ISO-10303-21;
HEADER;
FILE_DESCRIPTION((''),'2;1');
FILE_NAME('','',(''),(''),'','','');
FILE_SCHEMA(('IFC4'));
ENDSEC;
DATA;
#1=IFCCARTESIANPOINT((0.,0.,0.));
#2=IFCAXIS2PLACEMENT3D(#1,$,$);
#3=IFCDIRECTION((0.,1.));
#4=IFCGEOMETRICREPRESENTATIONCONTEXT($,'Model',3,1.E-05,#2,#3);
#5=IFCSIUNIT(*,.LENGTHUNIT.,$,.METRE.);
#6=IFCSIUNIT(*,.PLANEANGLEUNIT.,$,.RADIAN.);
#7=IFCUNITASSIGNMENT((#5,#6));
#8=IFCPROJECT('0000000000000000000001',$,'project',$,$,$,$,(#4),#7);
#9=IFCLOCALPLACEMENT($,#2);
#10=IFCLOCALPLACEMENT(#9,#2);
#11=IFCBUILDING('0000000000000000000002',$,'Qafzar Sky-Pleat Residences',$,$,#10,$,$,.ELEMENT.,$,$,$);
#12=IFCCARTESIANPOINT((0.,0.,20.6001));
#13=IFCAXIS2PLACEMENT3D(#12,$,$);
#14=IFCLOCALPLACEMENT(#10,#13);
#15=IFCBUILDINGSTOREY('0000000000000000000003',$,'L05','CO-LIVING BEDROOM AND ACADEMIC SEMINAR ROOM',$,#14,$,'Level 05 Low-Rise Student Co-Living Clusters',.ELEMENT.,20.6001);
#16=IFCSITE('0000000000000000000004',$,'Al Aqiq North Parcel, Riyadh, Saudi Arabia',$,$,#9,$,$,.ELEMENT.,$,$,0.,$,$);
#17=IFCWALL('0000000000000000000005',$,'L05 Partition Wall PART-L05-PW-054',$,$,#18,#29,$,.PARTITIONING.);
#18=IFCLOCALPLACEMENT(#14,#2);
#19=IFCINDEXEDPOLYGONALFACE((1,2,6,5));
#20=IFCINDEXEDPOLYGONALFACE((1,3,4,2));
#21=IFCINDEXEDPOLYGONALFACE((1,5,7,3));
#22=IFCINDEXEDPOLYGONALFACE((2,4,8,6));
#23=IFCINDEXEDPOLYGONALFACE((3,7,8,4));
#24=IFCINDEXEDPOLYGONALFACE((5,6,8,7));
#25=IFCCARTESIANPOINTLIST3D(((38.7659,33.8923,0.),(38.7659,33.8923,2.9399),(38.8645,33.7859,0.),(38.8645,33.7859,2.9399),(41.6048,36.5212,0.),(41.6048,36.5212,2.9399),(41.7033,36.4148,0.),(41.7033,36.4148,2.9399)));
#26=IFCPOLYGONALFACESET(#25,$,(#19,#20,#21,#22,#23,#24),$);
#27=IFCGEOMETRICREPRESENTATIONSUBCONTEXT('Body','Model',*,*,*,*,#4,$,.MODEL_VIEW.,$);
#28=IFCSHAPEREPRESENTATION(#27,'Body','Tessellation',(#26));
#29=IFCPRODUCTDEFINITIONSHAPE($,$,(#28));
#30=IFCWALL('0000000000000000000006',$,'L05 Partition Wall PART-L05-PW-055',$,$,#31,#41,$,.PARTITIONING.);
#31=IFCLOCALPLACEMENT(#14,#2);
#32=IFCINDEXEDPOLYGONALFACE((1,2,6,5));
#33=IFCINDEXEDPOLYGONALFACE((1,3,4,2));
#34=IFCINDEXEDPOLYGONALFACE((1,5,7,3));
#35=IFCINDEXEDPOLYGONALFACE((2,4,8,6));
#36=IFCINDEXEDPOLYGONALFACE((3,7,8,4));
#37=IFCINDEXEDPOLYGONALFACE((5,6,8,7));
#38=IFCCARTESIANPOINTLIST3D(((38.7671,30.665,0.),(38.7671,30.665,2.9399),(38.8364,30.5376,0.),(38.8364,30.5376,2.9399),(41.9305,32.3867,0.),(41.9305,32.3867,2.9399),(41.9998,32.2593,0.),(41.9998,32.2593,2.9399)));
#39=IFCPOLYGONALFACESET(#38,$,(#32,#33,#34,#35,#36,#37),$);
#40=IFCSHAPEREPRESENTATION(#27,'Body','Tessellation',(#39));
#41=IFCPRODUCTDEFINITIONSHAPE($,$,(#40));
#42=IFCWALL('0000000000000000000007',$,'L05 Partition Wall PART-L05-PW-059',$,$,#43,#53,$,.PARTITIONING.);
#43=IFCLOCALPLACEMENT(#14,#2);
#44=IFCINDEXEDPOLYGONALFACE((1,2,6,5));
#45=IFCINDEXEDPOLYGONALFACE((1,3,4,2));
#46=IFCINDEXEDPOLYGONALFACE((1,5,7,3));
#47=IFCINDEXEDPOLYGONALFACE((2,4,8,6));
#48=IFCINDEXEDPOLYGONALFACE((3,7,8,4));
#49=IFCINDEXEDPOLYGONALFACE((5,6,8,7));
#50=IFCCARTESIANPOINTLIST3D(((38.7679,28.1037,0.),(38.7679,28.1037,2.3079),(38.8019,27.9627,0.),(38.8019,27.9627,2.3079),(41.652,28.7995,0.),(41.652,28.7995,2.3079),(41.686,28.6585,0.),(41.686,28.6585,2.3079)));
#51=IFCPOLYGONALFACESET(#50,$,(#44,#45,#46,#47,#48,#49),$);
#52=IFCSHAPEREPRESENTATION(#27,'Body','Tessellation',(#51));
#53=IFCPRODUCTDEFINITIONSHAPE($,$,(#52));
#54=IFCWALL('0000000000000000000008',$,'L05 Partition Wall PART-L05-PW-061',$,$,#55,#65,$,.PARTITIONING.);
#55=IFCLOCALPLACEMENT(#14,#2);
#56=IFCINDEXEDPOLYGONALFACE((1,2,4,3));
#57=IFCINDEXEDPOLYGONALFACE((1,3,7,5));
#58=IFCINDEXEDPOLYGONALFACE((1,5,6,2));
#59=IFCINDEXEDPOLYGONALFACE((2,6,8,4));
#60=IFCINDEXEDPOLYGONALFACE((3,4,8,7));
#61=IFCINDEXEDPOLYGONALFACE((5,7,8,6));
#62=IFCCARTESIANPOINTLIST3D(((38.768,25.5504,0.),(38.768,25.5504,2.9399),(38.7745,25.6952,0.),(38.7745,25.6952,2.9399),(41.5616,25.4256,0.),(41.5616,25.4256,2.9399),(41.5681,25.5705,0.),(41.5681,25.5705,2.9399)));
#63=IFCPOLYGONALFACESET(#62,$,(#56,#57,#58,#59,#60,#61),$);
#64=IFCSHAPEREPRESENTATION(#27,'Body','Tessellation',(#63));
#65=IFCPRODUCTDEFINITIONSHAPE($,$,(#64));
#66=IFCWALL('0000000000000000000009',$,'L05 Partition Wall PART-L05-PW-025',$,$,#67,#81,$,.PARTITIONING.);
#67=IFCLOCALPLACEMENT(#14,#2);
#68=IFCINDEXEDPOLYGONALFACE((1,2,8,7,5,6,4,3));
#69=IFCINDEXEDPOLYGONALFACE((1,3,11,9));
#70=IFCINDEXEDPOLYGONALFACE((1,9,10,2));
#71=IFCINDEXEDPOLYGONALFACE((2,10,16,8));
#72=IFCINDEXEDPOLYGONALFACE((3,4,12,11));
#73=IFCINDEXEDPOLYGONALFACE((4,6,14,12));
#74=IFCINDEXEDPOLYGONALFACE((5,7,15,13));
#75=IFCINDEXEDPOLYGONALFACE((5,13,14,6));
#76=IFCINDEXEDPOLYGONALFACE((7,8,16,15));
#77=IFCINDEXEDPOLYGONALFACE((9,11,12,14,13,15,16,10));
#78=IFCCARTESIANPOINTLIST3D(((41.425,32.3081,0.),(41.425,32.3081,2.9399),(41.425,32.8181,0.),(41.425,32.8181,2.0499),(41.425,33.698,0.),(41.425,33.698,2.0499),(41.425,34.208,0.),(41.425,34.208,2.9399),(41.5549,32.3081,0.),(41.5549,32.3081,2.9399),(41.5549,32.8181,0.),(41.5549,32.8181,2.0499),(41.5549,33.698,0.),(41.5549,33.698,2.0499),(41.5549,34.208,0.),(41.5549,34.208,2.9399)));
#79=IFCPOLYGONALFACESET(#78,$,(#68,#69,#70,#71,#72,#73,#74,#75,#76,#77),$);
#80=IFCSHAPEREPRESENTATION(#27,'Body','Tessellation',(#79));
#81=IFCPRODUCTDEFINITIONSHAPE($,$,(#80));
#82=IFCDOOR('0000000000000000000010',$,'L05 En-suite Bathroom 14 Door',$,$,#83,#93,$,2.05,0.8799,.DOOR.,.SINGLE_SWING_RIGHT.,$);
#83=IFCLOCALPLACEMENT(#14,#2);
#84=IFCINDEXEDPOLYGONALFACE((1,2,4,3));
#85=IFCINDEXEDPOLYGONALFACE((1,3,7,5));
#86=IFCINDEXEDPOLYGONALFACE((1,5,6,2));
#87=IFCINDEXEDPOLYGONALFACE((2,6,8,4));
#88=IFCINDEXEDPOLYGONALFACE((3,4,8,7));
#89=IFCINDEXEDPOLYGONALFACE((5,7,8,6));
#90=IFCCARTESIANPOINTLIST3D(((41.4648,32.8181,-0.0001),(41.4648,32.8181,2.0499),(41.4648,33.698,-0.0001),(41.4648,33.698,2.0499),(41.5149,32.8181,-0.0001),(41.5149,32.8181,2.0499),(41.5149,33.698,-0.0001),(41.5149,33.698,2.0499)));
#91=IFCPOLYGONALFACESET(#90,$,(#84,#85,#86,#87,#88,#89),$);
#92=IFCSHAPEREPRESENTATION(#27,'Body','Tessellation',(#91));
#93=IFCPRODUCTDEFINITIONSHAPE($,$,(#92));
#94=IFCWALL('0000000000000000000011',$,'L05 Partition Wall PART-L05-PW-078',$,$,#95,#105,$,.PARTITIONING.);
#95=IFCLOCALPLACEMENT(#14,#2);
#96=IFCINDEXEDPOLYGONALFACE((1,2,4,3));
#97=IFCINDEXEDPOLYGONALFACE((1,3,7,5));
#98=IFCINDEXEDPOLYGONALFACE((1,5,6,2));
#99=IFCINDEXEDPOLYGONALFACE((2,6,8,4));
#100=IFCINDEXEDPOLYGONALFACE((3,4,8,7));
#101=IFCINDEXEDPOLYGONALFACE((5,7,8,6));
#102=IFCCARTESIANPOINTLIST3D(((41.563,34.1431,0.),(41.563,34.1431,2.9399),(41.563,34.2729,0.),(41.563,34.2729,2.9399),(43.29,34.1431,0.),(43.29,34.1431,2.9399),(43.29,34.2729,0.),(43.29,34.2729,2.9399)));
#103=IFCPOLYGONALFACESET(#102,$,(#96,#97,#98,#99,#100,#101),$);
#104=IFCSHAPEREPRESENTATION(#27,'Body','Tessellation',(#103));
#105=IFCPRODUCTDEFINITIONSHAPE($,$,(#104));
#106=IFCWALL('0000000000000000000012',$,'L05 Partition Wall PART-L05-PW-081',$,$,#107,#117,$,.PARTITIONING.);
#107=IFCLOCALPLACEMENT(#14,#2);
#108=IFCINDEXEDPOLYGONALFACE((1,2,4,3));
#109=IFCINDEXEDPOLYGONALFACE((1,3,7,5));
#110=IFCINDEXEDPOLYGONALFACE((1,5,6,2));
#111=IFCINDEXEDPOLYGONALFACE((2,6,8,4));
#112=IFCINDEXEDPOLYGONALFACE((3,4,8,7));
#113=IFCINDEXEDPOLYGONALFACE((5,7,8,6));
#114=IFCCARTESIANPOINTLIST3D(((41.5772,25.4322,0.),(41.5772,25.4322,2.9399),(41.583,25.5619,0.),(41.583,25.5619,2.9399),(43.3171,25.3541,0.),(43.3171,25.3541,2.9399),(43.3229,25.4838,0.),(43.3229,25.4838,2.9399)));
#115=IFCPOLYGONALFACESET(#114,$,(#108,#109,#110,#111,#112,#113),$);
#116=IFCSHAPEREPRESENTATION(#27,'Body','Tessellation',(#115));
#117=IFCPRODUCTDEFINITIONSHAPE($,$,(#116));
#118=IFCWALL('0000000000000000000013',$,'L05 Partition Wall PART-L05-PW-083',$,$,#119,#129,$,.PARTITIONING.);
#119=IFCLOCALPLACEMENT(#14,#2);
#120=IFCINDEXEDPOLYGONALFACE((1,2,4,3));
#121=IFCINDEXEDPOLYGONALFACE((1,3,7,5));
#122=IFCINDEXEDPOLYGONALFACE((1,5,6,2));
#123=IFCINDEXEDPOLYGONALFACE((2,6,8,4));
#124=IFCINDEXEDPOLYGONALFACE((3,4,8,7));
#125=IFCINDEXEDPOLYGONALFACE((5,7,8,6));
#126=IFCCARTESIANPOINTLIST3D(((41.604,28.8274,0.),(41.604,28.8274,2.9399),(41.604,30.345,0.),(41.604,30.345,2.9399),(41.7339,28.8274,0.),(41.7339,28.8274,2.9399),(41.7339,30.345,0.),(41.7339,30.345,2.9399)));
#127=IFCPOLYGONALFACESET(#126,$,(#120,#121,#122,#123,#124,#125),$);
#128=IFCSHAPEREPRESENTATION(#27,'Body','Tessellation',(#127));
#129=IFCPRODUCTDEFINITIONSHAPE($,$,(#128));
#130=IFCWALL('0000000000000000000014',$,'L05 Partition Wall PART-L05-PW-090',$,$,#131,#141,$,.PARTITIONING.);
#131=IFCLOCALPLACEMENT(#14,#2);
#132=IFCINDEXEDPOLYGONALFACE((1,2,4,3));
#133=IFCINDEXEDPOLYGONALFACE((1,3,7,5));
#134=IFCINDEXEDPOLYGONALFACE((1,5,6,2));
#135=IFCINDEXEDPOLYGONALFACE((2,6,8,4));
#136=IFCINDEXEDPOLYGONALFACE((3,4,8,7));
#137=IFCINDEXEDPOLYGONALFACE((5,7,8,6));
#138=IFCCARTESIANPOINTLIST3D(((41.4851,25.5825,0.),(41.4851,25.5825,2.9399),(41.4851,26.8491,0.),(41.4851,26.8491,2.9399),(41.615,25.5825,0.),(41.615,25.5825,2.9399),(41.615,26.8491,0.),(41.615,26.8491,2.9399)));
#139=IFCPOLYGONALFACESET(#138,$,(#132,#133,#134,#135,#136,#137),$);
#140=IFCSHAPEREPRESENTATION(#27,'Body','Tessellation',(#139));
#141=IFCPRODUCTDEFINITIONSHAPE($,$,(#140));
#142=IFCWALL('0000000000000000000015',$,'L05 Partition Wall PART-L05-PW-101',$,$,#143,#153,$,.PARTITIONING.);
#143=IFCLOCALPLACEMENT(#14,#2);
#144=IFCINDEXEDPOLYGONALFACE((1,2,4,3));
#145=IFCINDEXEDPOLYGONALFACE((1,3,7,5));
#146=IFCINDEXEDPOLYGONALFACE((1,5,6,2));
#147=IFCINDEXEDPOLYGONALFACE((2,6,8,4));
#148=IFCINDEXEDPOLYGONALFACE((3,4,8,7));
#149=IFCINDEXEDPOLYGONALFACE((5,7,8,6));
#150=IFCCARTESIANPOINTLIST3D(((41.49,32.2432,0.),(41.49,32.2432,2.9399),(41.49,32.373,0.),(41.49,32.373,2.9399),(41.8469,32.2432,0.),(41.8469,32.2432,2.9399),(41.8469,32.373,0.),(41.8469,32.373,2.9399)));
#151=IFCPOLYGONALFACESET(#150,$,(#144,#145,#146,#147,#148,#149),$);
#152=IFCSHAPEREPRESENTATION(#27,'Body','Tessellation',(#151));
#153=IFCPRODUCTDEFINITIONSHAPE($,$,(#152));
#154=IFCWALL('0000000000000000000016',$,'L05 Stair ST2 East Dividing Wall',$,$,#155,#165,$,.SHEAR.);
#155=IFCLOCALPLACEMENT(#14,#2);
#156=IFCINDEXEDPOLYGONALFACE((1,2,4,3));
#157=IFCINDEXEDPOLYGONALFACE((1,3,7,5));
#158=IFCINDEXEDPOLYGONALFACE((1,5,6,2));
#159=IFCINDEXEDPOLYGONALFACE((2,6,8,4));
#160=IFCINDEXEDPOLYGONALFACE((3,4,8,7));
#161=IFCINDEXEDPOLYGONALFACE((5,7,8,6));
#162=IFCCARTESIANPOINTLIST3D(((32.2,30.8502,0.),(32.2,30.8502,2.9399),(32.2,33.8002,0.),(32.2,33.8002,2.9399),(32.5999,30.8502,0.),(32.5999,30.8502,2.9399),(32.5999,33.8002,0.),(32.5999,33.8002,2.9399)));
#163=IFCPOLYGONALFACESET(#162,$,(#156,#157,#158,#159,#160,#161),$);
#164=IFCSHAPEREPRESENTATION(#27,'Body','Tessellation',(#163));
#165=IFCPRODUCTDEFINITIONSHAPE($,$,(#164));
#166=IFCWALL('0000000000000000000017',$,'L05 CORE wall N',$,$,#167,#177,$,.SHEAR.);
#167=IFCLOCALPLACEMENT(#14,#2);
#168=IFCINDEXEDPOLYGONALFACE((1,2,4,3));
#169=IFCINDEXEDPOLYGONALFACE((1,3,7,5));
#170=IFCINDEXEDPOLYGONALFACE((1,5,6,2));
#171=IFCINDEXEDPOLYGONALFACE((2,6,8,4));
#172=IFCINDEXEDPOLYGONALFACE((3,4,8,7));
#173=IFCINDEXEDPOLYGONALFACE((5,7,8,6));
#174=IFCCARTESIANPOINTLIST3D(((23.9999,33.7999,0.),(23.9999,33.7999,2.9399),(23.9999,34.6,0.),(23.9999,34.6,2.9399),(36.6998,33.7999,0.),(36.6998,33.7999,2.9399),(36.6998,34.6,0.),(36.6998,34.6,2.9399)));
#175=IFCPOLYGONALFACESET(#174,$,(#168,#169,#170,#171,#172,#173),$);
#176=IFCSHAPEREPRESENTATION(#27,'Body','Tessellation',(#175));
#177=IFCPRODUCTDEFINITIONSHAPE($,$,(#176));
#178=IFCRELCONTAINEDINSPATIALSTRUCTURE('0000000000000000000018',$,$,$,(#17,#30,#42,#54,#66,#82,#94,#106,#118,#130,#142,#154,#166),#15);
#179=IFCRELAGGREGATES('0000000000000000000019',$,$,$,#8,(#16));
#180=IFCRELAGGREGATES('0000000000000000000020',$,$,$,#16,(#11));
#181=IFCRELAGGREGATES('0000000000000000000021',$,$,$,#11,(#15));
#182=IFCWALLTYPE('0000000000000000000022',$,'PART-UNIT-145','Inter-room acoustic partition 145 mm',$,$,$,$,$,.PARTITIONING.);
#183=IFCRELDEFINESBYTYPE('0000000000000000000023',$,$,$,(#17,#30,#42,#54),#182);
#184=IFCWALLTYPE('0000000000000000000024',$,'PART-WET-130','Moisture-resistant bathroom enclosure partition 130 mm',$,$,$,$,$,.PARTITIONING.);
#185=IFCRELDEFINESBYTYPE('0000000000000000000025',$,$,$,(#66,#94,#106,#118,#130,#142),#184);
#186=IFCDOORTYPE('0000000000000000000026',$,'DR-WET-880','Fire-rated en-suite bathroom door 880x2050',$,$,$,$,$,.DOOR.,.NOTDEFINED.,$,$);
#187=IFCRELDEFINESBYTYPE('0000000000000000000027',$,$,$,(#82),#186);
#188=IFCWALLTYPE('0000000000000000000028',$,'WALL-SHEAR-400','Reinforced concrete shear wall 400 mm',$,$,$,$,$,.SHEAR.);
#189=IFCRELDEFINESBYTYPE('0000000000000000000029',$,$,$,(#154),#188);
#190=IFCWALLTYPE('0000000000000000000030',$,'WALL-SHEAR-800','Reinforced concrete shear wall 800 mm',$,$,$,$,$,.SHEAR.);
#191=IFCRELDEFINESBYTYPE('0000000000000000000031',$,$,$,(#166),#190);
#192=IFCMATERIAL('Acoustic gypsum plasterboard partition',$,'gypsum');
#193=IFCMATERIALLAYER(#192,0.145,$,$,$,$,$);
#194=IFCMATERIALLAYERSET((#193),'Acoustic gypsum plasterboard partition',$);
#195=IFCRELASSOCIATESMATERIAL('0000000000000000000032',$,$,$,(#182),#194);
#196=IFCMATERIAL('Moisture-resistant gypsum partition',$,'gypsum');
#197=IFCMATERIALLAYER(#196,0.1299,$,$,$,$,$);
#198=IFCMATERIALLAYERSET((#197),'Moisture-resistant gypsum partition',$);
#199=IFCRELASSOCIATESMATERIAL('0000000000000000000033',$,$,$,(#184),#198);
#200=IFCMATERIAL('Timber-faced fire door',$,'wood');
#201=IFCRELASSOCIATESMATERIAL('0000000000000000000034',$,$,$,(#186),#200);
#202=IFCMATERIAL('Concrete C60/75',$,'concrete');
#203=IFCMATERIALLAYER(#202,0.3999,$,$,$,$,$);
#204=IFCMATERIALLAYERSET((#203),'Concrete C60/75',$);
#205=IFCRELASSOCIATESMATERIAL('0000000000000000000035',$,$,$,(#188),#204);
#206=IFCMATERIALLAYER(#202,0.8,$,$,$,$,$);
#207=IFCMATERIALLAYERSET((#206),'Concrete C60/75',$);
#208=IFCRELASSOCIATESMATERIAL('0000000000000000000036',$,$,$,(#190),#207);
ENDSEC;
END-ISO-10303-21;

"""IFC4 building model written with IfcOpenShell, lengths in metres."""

from ifc_helpers import new_model, si_unit, direction, frame, frame_2d, origin, place, context, subcontext, project, spatial, rectangle, extrude, source, transform, mapped, material, layer, layer_set, type_object, element, fill, save


model = new_model("IFC4")

# Units and contexts
model_context = context("Model", 3, precision=1e-05, world=origin(), true_north=direction((0.0, 1.0)))
body_context = subcontext(model_context, "Body", "Model", "MODEL_VIEW")
ifc_project = project(units=[si_unit("LENGTHUNIT", "METRE"), si_unit("PLANEANGLEUNIT", "RADIAN")], contexts=[model_context])

# Site, building, storey
site_placement = place(None, origin())
site = spatial("IfcSite", under=ifc_project, at=site_placement, Name="Al Aqiq North Parcel, Riyadh, Saudi Arabia", CompositionType="ELEMENT", RefElevation=0.0)
building_placement = place(site_placement, origin())
building = spatial("IfcBuilding", under=site, at=building_placement, Name="Qafzar Sky-Pleat Residences", CompositionType="ELEMENT")
storey_placement = place(building_placement, frame((0.0, 0.0, 20.6001)))
storey = spatial("IfcBuildingStorey", under=building, at=storey_placement, Name="L05", Description="CO-LIVING BEDROOM AND ACADEMIC SEMINAR ROOM", LongName="Level 05 Low-Rise Student Co-Living Clusters", CompositionType="ELEMENT", Elevation=20.6001)

# Shared definitions
ifc_material_1 = material(Name="Acoustic gypsum plasterboard partition", Category="gypsum")
ifc_material_2 = material(Name="Timber-faced fire door", Category="wood")

# Walls
ifc_layer_1 = layer(ifc_material_1, 0.145)
ifc_layer_set_1 = layer_set([ifc_layer_1], Name="Acoustic gypsum plasterboard partition")
wall_type_1 = type_object("IfcWallType", Name="PART-UNIT-145", Description="Inter-room acoustic partition 145 mm", PredefinedType="PARTITIONING", material=ifc_layer_set_1)
wall_1_placement = place(storey_placement, frame((38.8152, 33.8391, 0.0), z_axis=(0.0, 0.0, 1.0), x_axis=(0.733719, 0.679453, 0.0)))
element("IfcWall", 1, at=wall_1_placement, inside=storey, type_object=wall_type_1, Name="L05 Partition Wall PART-L05-PW-054", PredefinedType="PARTITIONING", context=body_context, shape_type="SweptSolid", body=[
    extrude(rectangle(XDim=3.8691, YDim=0.145, at=frame_2d((1.9346, 0.0))), origin(), (0.0, 0.0, 1.0), 2.9399),
])
wall_2_placement = place(storey_placement, frame((38.8018, 30.6013, 0.0), z_axis=(0.0, 0.0, 1.0), x_axis=(0.878336, 0.478045, 0.0)))
element("IfcWall", 2, at=wall_2_placement, inside=storey, type_object=wall_type_1, Name="L05 Partition Wall PART-L05-PW-055", PredefinedType="PARTITIONING", context=body_context, shape_type="SweptSolid", body=[
    extrude(rectangle(XDim=3.6016, YDim=0.145, at=frame_2d((1.8008, 0.0))), origin(), (0.0, 0.0, 1.0), 2.9399),
])
wall_3_placement = place(storey_placement, frame((38.7849, 28.0332, 0.0), z_axis=(0.0, 0.0, 1.0), x_axis=(0.972109, 0.234531, 0.0)))
element("IfcWall", 3, at=wall_3_placement, inside=storey, type_object=wall_type_1, Name="L05 Partition Wall PART-L05-PW-059", PredefinedType="PARTITIONING", context=body_context, shape_type="SweptSolid", body=[
    extrude(rectangle(XDim=2.9668, YDim=0.145, at=frame_2d((1.4834, 0.0))), origin(), (0.0, 0.0, 1.0), 2.3079),
])
wall_4_placement = place(storey_placement, frame((38.7712, 25.6228, 0.0), z_axis=(0.0, 0.0, 1.0), x_axis=(0.999004, -0.044612, 0.0)))
element("IfcWall", 4, at=wall_4_placement, inside=storey, type_object=wall_type_1, Name="L05 Partition Wall PART-L05-PW-061", PredefinedType="PARTITIONING", context=body_context, shape_type="SweptSolid", body=[
    extrude(rectangle(XDim=2.7964, YDim=0.145, at=frame_2d((1.3982, 0.0))), origin(), (0.0, 0.0, 1.0), 2.9399),
])

# Wall, opening, door
ifc_material_3 = material(Name="Moisture-resistant gypsum partition", Category="gypsum")
ifc_layer_2 = layer(ifc_material_3, 0.1299)
ifc_layer_set_2 = layer_set([ifc_layer_2], Name="Moisture-resistant gypsum partition")
wall_type_2 = type_object("IfcWallType", Name="PART-WET-130", Description="Moisture-resistant bathroom enclosure partition 130 mm", PredefinedType="PARTITIONING", material=ifc_layer_set_2)
wall_5_placement = place(storey_placement, frame((41.49, 34.208, 0.0), z_axis=(0.0, 0.0, 1.0), x_axis=(0.0, -1.0, 0.0)))
wall_5 = element("IfcWall", 5, at=wall_5_placement, inside=storey, type_object=wall_type_2, Name="L05 Partition Wall PART-L05-PW-025", PredefinedType="PARTITIONING", context=body_context, shape_type="SweptSolid", body=[
    extrude(rectangle(XDim=1.8999, YDim=0.1299, at=frame_2d((0.95, 0.0))), origin(), (0.0, 0.0, 1.0), 2.9399),
])
opening_1_placement = place(wall_5_placement, frame((0.51, 0.0, 0.0)))
opening_1 = element("IfcOpeningElement", 6, at=opening_1_placement, cuts=wall_5, PredefinedType="OPENING", context=body_context, shape_type="SweptSolid", body=[
    extrude(rectangle(XDim=0.8799, YDim=2.05, at=frame_2d((0.4399, 1.0249))), frame((0.0, 0.075, 0.0), z_axis=(0.0, -1.0, 0.0), x_axis=(1.0, 0.0, 0.0)), (0.0, 0.0, 1.0), 0.1499),
])
door_type_1 = type_object("IfcDoorType", Name="DR-WET-880", Description="Fire-rated en-suite bathroom door 880x2050", OperationType="NOTDEFINED", PredefinedType="DOOR", material=ifc_material_2)
shared_shape_1 = source(origin(), body_context, "Body", "SweptSolid", [
    extrude(rectangle(XDim=0.8799, YDim=2.05, at=frame_2d((0.4399, 1.0249))), frame((0.0, 0.0249, 0.0), z_axis=(0.0, -1.0, 0.0), x_axis=(1.0, 0.0, 0.0)), (0.0, 0.0, 1.0), 0.05),
])
door_1_placement = place(opening_1_placement, origin())
door_1 = element("IfcDoor", 7, at=door_1_placement, inside=storey, type_object=door_type_1, Name="L05 En-suite Bathroom 14 Door", OperationType="SINGLE_SWING_RIGHT", OverallHeight=2.05, OverallWidth=0.8799, PredefinedType="DOOR", context=body_context, shape_type="MappedRepresentation", body=[
    mapped(shared_shape_1, transform((0.0, 0.0, 0.0), x_axis=(1.0, 0.0, 0.0), y_axis=(0.0, 1.0, 0.0), z_axis=(0.0, 0.0, 1.0), scale=1.0)),
])
fill(opening_1, door_1)

# Walls
wall_6_placement = place(storey_placement, frame((41.563, 34.208, 0.0), z_axis=(0.0, 0.0, 1.0), x_axis=(1.0, 0.0, 0.0)))
element("IfcWall", 8, at=wall_6_placement, inside=storey, type_object=wall_type_2, Name="L05 Partition Wall PART-L05-PW-078", PredefinedType="PARTITIONING", context=body_context, shape_type="SweptSolid", body=[
    extrude(rectangle(XDim=1.7271, YDim=0.1299, at=frame_2d((0.8635, 0.0))), origin(), (0.0, 0.0, 1.0), 2.9399),
])
wall_7_placement = place(storey_placement, frame((41.5801, 25.4971, 0.0), z_axis=(0.0, 0.0, 1.0), x_axis=(0.998994, -0.044854, 0.0)))
element("IfcWall", 9, at=wall_7_placement, inside=storey, type_object=wall_type_2, Name="L05 Partition Wall PART-L05-PW-081", PredefinedType="PARTITIONING", context=body_context, shape_type="SweptSolid", body=[
    extrude(rectangle(XDim=1.7417, YDim=0.1299, at=frame_2d((0.8708, 0.0))), origin(), (0.0, 0.0, 1.0), 2.9399),
])
wall_8_placement = place(storey_placement, frame((41.6689, 28.8274, 0.0), z_axis=(0.0, 0.0, 1.0), x_axis=(0.0, 1.0, 0.0)))
element("IfcWall", 10, at=wall_8_placement, inside=storey, type_object=wall_type_2, Name="L05 Partition Wall PART-L05-PW-083", PredefinedType="PARTITIONING", context=body_context, shape_type="SweptSolid", body=[
    extrude(rectangle(XDim=1.5176, YDim=0.1299, at=frame_2d((0.7588, 0.0))), origin(), (0.0, 0.0, 1.0), 2.9399),
])
wall_9_placement = place(storey_placement, frame((41.55, 25.5825, 0.0), z_axis=(0.0, 0.0, 1.0), x_axis=(0.0, 1.0, 0.0)))
element("IfcWall", 11, at=wall_9_placement, inside=storey, type_object=wall_type_2, Name="L05 Partition Wall PART-L05-PW-090", PredefinedType="PARTITIONING", context=body_context, shape_type="SweptSolid", body=[
    extrude(rectangle(XDim=1.2666, YDim=0.1299, at=frame_2d((0.6333, 0.0))), origin(), (0.0, 0.0, 1.0), 2.9399),
])
wall_10_placement = place(storey_placement, frame((41.49, 32.3081, 0.0), z_axis=(0.0, 0.0, 1.0), x_axis=(1.0, 0.0, 0.0)))
element("IfcWall", 12, at=wall_10_placement, inside=storey, type_object=wall_type_2, Name="L05 Partition Wall PART-L05-PW-101", PredefinedType="PARTITIONING", context=body_context, shape_type="SweptSolid", body=[
    extrude(rectangle(XDim=0.3569, YDim=0.1299, at=frame_2d((0.1785, 0.0))), origin(), (0.0, 0.0, 1.0), 2.9399),
])
ifc_material_4 = material(Name="Concrete C60/75", Category="concrete")
ifc_layer_3 = layer(ifc_material_4, 0.3999)
ifc_layer_set_3 = layer_set([ifc_layer_3], Name="Concrete C60/75")
wall_type_3 = type_object("IfcWallType", Name="WALL-SHEAR-400", Description="Reinforced concrete shear wall 400 mm", PredefinedType="SHEAR", material=ifc_layer_set_3)
wall_11_placement = place(storey_placement, frame((32.3999, 30.8501, 0.0), z_axis=(0.0, 0.0, 1.0), x_axis=(0.0, 1.0, 0.0)))
element("IfcWall", 13, at=wall_11_placement, inside=storey, type_object=wall_type_3, Name="L05 Stair ST2 East Dividing Wall", PredefinedType="SHEAR", context=body_context, shape_type="SweptSolid", body=[
    extrude(rectangle(XDim=2.95, YDim=0.3999, at=frame_2d((1.4751, 0.0))), origin(), (0.0, 0.0, 1.0), 2.9399),
])
ifc_layer_4 = layer(ifc_material_4, 0.8)
ifc_layer_set_4 = layer_set([ifc_layer_4], Name="Concrete C60/75")
wall_type_4 = type_object("IfcWallType", Name="WALL-SHEAR-800", Description="Reinforced concrete shear wall 800 mm", PredefinedType="SHEAR", material=ifc_layer_set_4)
wall_12_placement = place(storey_placement, frame((36.7, 34.2, 0.0), z_axis=(0.0, 0.0, 1.0), x_axis=(-1.0, 0.0, 0.0)))
element("IfcWall", 14, at=wall_12_placement, inside=storey, type_object=wall_type_4, Name="L05 CORE wall N", PredefinedType="SHEAR", context=body_context, shape_type="SweptSolid", body=[
    extrude(rectangle(XDim=12.7, YDim=0.8, at=frame_2d((6.3501, 0.0))), origin(), (0.0, 0.0, 1.0), 2.9399),
])

save(model, "model.ifc")
